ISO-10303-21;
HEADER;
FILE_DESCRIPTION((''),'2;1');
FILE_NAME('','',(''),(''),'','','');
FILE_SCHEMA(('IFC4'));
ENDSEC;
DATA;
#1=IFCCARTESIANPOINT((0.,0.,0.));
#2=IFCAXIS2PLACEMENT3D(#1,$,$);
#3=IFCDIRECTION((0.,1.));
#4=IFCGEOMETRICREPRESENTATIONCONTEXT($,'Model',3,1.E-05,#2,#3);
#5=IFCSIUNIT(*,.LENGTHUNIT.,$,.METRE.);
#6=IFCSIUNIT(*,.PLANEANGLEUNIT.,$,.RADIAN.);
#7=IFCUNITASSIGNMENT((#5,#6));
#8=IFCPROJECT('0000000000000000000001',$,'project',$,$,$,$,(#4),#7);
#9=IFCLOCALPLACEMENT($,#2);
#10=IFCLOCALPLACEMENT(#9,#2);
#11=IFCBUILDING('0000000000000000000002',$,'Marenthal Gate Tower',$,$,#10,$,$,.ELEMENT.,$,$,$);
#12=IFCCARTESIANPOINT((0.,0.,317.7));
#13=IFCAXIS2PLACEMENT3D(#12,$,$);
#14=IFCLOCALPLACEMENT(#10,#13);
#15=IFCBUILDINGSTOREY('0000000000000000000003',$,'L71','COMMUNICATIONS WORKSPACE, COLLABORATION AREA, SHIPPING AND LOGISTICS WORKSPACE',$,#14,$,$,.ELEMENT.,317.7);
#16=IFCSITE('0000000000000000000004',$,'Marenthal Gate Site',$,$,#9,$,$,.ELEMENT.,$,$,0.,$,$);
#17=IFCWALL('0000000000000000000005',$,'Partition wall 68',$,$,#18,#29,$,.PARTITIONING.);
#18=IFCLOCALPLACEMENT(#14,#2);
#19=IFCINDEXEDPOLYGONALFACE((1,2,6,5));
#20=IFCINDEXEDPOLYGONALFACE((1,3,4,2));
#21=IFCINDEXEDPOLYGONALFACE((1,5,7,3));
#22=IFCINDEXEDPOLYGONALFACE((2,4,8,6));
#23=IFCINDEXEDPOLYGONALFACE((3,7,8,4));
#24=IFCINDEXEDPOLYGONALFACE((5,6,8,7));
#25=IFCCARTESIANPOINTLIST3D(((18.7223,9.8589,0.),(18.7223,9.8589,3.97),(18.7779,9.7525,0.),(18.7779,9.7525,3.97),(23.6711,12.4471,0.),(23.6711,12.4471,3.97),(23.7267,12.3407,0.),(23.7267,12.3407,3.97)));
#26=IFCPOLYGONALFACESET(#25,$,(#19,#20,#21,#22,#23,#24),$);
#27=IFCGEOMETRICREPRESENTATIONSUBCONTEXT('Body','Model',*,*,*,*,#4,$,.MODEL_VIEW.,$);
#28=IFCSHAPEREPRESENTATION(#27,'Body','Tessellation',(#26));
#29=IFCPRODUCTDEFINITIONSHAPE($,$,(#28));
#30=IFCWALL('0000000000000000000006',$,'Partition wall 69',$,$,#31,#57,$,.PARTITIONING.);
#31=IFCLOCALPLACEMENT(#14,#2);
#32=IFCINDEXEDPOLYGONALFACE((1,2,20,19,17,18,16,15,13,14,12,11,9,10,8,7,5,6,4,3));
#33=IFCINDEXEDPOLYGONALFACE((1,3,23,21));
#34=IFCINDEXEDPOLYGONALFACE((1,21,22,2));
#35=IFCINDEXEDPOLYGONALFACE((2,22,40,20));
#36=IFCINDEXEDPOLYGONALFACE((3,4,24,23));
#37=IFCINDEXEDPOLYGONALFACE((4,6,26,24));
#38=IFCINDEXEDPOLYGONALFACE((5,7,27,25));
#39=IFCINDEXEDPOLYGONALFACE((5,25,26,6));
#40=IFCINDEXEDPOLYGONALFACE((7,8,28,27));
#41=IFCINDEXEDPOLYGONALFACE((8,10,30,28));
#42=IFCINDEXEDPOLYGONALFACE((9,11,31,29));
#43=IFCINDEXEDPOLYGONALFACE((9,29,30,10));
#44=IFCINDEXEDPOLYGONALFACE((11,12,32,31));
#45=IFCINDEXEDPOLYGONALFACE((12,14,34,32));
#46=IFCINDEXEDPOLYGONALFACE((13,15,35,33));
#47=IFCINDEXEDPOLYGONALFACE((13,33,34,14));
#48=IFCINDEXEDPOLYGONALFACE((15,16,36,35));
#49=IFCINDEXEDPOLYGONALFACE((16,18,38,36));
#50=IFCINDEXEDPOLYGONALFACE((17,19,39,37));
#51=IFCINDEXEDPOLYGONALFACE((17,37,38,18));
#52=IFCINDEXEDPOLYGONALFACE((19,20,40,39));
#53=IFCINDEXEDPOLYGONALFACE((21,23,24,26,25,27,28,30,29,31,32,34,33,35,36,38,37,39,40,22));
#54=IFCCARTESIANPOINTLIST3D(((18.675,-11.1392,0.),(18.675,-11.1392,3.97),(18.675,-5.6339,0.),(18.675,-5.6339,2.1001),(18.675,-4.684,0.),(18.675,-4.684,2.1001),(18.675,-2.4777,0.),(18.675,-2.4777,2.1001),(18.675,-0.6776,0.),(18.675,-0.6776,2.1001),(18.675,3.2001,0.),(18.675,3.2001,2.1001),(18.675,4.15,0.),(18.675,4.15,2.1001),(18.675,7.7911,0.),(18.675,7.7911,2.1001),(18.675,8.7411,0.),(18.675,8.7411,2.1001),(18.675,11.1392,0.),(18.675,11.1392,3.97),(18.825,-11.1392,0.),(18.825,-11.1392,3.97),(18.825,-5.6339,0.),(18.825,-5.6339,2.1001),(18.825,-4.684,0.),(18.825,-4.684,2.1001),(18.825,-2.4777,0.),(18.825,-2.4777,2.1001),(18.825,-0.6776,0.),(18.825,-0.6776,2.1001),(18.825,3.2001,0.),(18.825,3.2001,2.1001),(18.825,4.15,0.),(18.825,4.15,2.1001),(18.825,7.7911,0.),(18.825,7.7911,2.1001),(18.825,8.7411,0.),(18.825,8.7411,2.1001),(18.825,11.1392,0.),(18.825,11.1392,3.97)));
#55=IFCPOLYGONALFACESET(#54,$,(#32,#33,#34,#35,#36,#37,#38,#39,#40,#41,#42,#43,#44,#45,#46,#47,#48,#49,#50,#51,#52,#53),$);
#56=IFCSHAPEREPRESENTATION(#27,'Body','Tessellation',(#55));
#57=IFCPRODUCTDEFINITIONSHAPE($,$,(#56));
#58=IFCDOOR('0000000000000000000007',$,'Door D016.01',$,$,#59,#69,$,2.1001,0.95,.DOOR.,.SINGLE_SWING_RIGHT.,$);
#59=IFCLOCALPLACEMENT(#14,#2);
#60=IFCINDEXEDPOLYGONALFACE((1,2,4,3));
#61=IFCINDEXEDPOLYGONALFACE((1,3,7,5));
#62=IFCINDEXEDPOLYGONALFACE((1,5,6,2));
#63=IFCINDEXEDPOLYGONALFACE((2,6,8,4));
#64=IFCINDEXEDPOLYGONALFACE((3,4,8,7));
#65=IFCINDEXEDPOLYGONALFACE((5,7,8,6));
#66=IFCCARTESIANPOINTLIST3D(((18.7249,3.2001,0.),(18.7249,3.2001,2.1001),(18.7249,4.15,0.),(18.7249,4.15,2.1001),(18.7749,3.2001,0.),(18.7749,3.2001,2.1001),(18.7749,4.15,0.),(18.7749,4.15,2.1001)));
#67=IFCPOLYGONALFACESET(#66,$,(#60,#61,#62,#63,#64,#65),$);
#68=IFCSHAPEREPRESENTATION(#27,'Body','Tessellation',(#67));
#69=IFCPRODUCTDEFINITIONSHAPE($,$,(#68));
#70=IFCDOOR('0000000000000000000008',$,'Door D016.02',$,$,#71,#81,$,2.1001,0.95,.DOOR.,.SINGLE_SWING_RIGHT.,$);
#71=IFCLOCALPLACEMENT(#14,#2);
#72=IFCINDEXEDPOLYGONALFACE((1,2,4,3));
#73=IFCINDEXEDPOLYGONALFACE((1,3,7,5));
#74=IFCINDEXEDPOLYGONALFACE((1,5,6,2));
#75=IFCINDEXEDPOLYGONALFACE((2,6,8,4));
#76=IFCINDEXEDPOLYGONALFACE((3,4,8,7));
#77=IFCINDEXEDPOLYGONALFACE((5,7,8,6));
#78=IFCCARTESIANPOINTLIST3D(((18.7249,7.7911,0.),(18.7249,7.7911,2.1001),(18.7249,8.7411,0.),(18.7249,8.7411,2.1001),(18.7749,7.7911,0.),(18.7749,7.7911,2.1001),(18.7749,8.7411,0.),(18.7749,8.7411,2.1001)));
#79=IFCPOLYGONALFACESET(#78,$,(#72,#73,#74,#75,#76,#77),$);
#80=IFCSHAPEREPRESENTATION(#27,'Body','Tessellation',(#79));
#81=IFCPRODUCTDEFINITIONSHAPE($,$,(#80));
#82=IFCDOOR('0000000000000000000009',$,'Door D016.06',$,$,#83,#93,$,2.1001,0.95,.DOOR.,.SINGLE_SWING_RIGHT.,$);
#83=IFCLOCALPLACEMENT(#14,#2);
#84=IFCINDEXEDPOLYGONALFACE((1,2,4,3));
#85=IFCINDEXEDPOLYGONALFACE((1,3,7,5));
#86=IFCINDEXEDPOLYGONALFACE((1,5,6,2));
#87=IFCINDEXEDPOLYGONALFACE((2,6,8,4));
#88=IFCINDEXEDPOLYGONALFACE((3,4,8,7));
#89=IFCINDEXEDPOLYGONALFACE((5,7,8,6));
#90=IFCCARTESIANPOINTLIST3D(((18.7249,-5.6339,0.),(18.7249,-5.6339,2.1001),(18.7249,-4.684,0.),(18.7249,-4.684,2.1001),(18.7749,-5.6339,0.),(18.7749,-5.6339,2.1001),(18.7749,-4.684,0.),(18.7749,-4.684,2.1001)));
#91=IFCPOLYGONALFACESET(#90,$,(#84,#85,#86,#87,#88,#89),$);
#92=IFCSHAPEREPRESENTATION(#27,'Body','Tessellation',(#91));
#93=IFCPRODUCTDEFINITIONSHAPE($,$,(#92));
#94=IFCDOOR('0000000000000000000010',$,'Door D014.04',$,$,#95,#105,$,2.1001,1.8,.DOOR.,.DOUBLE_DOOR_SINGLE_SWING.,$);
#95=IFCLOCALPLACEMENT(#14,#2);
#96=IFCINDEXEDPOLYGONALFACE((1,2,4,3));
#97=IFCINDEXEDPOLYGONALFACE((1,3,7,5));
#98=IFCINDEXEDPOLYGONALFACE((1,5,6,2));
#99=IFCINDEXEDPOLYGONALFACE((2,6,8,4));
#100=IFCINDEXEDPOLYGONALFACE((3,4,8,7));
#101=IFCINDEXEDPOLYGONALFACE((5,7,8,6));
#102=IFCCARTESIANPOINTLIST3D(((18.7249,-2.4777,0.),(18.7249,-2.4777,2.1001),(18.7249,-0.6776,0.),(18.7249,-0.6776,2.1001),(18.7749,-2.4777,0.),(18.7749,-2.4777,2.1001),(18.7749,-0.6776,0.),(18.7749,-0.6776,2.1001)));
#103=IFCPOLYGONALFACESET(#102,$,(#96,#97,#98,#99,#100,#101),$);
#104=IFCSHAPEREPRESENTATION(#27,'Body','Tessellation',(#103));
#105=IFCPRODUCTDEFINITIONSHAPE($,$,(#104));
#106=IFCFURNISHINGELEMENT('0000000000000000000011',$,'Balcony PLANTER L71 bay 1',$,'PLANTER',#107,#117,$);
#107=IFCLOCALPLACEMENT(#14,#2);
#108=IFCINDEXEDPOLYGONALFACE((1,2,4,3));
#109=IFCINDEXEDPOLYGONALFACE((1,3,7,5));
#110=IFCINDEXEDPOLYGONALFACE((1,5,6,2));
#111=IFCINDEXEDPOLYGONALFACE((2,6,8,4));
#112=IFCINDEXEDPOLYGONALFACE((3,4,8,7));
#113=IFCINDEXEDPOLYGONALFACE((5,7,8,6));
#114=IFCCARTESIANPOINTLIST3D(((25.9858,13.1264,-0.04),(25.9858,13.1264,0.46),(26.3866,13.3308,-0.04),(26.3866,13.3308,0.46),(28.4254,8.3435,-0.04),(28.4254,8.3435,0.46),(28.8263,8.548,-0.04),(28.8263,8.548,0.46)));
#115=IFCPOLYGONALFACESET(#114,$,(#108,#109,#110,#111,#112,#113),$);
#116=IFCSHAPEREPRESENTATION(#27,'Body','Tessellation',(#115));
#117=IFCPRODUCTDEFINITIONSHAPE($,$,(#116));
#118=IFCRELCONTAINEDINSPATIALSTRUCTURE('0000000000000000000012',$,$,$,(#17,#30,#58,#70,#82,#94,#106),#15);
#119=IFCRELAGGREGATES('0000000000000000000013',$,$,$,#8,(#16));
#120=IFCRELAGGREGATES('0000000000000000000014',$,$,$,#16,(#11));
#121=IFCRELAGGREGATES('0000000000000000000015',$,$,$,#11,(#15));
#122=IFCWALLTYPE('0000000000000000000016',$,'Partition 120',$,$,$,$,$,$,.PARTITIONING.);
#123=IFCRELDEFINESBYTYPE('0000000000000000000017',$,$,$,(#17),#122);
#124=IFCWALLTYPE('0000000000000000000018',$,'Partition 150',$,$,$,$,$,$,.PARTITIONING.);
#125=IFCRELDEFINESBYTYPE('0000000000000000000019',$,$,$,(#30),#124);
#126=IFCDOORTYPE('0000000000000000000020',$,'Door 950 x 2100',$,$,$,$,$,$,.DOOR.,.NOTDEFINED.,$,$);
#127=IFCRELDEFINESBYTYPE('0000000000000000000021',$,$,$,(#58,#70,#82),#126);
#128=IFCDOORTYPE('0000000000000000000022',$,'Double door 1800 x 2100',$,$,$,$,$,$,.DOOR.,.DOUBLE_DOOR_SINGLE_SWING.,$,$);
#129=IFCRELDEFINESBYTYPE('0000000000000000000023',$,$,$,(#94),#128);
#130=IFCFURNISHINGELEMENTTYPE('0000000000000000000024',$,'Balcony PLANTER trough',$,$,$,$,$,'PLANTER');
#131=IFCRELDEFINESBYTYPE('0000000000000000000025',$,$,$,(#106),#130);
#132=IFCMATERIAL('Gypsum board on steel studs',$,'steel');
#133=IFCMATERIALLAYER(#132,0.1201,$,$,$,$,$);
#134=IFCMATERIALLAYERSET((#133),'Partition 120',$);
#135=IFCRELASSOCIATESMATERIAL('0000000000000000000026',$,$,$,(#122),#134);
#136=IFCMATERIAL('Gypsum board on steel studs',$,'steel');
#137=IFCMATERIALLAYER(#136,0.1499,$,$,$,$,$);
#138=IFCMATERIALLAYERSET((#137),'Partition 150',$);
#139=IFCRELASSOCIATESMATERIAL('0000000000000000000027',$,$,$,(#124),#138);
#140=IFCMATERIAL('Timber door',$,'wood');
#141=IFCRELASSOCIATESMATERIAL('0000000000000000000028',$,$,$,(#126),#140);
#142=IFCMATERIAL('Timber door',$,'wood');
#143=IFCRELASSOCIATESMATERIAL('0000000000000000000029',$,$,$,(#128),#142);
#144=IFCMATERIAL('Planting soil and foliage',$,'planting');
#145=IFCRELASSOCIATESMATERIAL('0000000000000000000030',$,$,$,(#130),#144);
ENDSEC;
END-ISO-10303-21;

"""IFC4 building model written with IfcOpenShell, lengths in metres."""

from ifc_helpers import new_model, si_unit, direction, frame, frame_2d, origin, origin_2d, place, context, subcontext, project, spatial, rectangle, extrude, material, layer, layer_set, type_object, element, fill, save


model = new_model("IFC4")

# Units and contexts
model_context = context("Model", 3, precision=1e-05, world=origin(), true_north=direction((0.0, 1.0)))
body_context = subcontext(model_context, "Body", "Model", "MODEL_VIEW")
ifc_project = project(units=[si_unit("LENGTHUNIT", "METRE"), si_unit("PLANEANGLEUNIT", "RADIAN")], contexts=[model_context])

# Site, building, storey
site_placement = place(None, origin())
site = spatial("IfcSite", under=ifc_project, at=site_placement, Name="Marenthal Gate Site", CompositionType="ELEMENT", RefElevation=0.0)
building_placement = place(site_placement, origin())
building = spatial("IfcBuilding", under=site, at=building_placement, Name="Marenthal Gate Tower", CompositionType="ELEMENT")
storey_placement = place(building_placement, frame((0.0, 0.0, 317.7)))
storey = spatial("IfcBuildingStorey", under=building, at=storey_placement, Name="L71", Description="COMMUNICATIONS WORKSPACE, COLLABORATION AREA, SHIPPING AND LOGISTICS WORKSPACE", CompositionType="ELEMENT", Elevation=317.7)

# Wall
ifc_material_1 = material(Name="Gypsum board on steel studs", Category="steel")
ifc_layer_1 = layer(ifc_material_1, 0.1201)
ifc_layer_set_1 = layer_set([ifc_layer_1], Name="Partition 120")
wall_type_1 = type_object("IfcWallType", Name="Partition 120", PredefinedType="PARTITIONING", material=ifc_layer_set_1)
wall_1_placement = place(storey_placement, frame((18.75, 9.8057, 0.0), z_axis=(0.0, 0.0, 1.0), x_axis=(0.88613, 0.463437, 0.0)))
element("IfcWall", 1, at=wall_1_placement, inside=storey, type_object=wall_type_1, Name="Partition wall 68", PredefinedType="PARTITIONING", context=body_context, shape_type="SweptSolid", body=[
    extrude(rectangle(XDim=5.5847, YDim=0.1201, at=frame_2d((2.7925, 0.0))), origin(), (0.0, 0.0, 1.0), 3.97),
])

# Wall, openings, doors
ifc_material_2 = material(Name="Gypsum board on steel studs", Category="steel")
ifc_layer_2 = layer(ifc_material_2, 0.1499)
ifc_layer_set_2 = layer_set([ifc_layer_2], Name="Partition 150")
wall_type_2 = type_object("IfcWallType", Name="Partition 150", PredefinedType="PARTITIONING", material=ifc_layer_set_2)
wall_2_placement = place(storey_placement, frame((18.75, 11.1392, 0.0), z_axis=(0.0, 0.0, 1.0), x_axis=(0.0, -1.0, 0.0)))
wall_2 = element("IfcWall", 2, at=wall_2_placement, inside=storey, type_object=wall_type_2, Name="Partition wall 69", PredefinedType="PARTITIONING", context=body_context, shape_type="SweptSolid", body=[
    extrude(rectangle(XDim=22.2783, YDim=0.1499, at=frame_2d((11.1392, 0.0))), origin(), (0.0, 0.0, 1.0), 3.97),
])
opening_1_placement = place(wall_2_placement, frame((6.989, 0.0, 0.0)))
opening_1 = element("IfcOpeningElement", 3, at=opening_1_placement, cuts=wall_2, PredefinedType="OPENING", context=body_context, shape_type="SweptSolid", body=[
    extrude(rectangle(XDim=0.95, YDim=2.1001, at=frame_2d((0.4751, 1.05))), frame((0.0, 0.085, 0.0), z_axis=(0.0, -1.0, 0.0), x_axis=(1.0, 0.0, 0.0)), (0.0, 0.0, 1.0), 0.1699),
])
opening_2_placement = place(wall_2_placement, frame((2.3979, 0.0, 0.0)))
opening_2 = element("IfcOpeningElement", 4, at=opening_2_placement, cuts=wall_2, PredefinedType="OPENING", context=body_context, shape_type="SweptSolid", body=[
    extrude(rectangle(XDim=0.95, YDim=2.1001, at=frame_2d((0.4751, 1.05))), frame((0.0, 0.085, 0.0), z_axis=(0.0, -1.0, 0.0), x_axis=(1.0, 0.0, 0.0)), (0.0, 0.0, 1.0), 0.1699),
])
opening_3_placement = place(wall_2_placement, frame((15.823, 0.0, 0.0)))
opening_3 = element("IfcOpeningElement", 5, at=opening_3_placement, cuts=wall_2, PredefinedType="OPENING", context=body_context, shape_type="SweptSolid", body=[
    extrude(rectangle(XDim=0.95, YDim=2.1001, at=frame_2d((0.4751, 1.05))), frame((0.0, 0.085, 0.0), z_axis=(0.0, -1.0, 0.0), x_axis=(1.0, 0.0, 0.0)), (0.0, 0.0, 1.0), 0.1699),
])
opening_4_placement = place(wall_2_placement, frame((11.8169, 0.0, 0.0)))
opening_4 = element("IfcOpeningElement", 6, at=opening_4_placement, cuts=wall_2, PredefinedType="OPENING", context=body_context, shape_type="SweptSolid", body=[
    extrude(rectangle(XDim=1.8, YDim=2.1001, at=frame_2d((0.8999, 1.05))), frame((0.0, 0.085, 0.0), z_axis=(0.0, -1.0, 0.0), x_axis=(1.0, 0.0, 0.0)), (0.0, 0.0, 1.0), 0.1699),
])
ifc_material_3 = material(Name="Timber door", Category="wood")
door_type_1 = type_object("IfcDoorType", Name="Door 950 x 2100", OperationType="NOTDEFINED", PredefinedType="DOOR", material=ifc_material_3)
door_1_placement = place(opening_1_placement, origin())
door_1 = element("IfcDoor", 7, at=door_1_placement, inside=storey, type_object=door_type_1, Name="Door D016.01", OperationType="SINGLE_SWING_RIGHT", OverallHeight=2.1001, OverallWidth=0.95, PredefinedType="DOOR", context=body_context, shape_type="SweptSolid", body=[
    extrude(rectangle(XDim=0.95, YDim=2.1001, at=frame_2d((0.4751, 1.05))), frame((0.0, 0.0249, 0.0), z_axis=(0.0, -1.0, 0.0), x_axis=(1.0, 0.0, 0.0)), (0.0, 0.0, 1.0), 0.05),
])
fill(opening_1, door_1)
door_2_placement = place(opening_2_placement, origin())
door_2 = element("IfcDoor", 8, at=door_2_placement, inside=storey, type_object=door_type_1, Name="Door D016.02", OperationType="SINGLE_SWING_RIGHT", OverallHeight=2.1001, OverallWidth=0.95, PredefinedType="DOOR", context=body_context, shape_type="SweptSolid", body=[
    extrude(rectangle(XDim=0.95, YDim=2.1001, at=frame_2d((0.4751, 1.05))), frame((0.0, 0.0249, 0.0), z_axis=(0.0, -1.0, 0.0), x_axis=(1.0, 0.0, 0.0)), (0.0, 0.0, 1.0), 0.05),
])
fill(opening_2, door_2)
door_3_placement = place(opening_3_placement, origin())
door_3 = element("IfcDoor", 9, at=door_3_placement, inside=storey, type_object=door_type_1, Name="Door D016.06", OperationType="SINGLE_SWING_RIGHT", OverallHeight=2.1001, OverallWidth=0.95, PredefinedType="DOOR", context=body_context, shape_type="SweptSolid", body=[
    extrude(rectangle(XDim=0.95, YDim=2.1001, at=frame_2d((0.4751, 1.05))), frame((0.0, 0.0249, 0.0), z_axis=(0.0, -1.0, 0.0), x_axis=(1.0, 0.0, 0.0)), (0.0, 0.0, 1.0), 0.05),
])
fill(opening_3, door_3)
ifc_material_4 = material(Name="Timber door", Category="wood")
door_type_2 = type_object("IfcDoorType", Name="Double door 1800 x 2100", OperationType="DOUBLE_DOOR_SINGLE_SWING", PredefinedType="DOOR", material=ifc_material_4)
door_4_placement = place(opening_4_placement, origin())
door_4 = element("IfcDoor", 10, at=door_4_placement, inside=storey, type_object=door_type_2, Name="Door D014.04", OperationType="DOUBLE_DOOR_SINGLE_SWING", OverallHeight=2.1001, OverallWidth=1.8, PredefinedType="DOOR", context=body_context, shape_type="SweptSolid", body=[
    extrude(rectangle(XDim=1.8, YDim=2.1001, at=frame_2d((0.8999, 1.05))), frame((0.0, 0.0249, 0.0), z_axis=(0.0, -1.0, 0.0), x_axis=(1.0, 0.0, 0.0)), (0.0, 0.0, 1.0), 0.05),
])
fill(opening_4, door_4)

# Furnishing element
ifc_material_5 = material(Name="Planting soil and foliage", Category="planting")
furnishing_element_type = type_object("IfcFurnishingElementType", Name="Balcony PLANTER trough", ElementType="PLANTER", material=ifc_material_5)
furnishing_placement = place(storey_placement, frame((27.406, 10.8372, -0.04), z_axis=(0.0, 0.0, 1.0), x_axis=(-0.454389, 0.890803, 0.0)))
element("IfcFurnishingElement", 11, at=furnishing_placement, inside=storey, type_object=furnishing_element_type, Name="Balcony PLANTER L71 bay 1", ObjectType="PLANTER", context=body_context, shape_type="SweptSolid", body=[
    extrude(rectangle(XDim=5.3691, YDim=0.45, at=origin_2d()), origin(), (0.0, 0.0, 1.0), 0.5),
])

save(model, "model.ifc")
